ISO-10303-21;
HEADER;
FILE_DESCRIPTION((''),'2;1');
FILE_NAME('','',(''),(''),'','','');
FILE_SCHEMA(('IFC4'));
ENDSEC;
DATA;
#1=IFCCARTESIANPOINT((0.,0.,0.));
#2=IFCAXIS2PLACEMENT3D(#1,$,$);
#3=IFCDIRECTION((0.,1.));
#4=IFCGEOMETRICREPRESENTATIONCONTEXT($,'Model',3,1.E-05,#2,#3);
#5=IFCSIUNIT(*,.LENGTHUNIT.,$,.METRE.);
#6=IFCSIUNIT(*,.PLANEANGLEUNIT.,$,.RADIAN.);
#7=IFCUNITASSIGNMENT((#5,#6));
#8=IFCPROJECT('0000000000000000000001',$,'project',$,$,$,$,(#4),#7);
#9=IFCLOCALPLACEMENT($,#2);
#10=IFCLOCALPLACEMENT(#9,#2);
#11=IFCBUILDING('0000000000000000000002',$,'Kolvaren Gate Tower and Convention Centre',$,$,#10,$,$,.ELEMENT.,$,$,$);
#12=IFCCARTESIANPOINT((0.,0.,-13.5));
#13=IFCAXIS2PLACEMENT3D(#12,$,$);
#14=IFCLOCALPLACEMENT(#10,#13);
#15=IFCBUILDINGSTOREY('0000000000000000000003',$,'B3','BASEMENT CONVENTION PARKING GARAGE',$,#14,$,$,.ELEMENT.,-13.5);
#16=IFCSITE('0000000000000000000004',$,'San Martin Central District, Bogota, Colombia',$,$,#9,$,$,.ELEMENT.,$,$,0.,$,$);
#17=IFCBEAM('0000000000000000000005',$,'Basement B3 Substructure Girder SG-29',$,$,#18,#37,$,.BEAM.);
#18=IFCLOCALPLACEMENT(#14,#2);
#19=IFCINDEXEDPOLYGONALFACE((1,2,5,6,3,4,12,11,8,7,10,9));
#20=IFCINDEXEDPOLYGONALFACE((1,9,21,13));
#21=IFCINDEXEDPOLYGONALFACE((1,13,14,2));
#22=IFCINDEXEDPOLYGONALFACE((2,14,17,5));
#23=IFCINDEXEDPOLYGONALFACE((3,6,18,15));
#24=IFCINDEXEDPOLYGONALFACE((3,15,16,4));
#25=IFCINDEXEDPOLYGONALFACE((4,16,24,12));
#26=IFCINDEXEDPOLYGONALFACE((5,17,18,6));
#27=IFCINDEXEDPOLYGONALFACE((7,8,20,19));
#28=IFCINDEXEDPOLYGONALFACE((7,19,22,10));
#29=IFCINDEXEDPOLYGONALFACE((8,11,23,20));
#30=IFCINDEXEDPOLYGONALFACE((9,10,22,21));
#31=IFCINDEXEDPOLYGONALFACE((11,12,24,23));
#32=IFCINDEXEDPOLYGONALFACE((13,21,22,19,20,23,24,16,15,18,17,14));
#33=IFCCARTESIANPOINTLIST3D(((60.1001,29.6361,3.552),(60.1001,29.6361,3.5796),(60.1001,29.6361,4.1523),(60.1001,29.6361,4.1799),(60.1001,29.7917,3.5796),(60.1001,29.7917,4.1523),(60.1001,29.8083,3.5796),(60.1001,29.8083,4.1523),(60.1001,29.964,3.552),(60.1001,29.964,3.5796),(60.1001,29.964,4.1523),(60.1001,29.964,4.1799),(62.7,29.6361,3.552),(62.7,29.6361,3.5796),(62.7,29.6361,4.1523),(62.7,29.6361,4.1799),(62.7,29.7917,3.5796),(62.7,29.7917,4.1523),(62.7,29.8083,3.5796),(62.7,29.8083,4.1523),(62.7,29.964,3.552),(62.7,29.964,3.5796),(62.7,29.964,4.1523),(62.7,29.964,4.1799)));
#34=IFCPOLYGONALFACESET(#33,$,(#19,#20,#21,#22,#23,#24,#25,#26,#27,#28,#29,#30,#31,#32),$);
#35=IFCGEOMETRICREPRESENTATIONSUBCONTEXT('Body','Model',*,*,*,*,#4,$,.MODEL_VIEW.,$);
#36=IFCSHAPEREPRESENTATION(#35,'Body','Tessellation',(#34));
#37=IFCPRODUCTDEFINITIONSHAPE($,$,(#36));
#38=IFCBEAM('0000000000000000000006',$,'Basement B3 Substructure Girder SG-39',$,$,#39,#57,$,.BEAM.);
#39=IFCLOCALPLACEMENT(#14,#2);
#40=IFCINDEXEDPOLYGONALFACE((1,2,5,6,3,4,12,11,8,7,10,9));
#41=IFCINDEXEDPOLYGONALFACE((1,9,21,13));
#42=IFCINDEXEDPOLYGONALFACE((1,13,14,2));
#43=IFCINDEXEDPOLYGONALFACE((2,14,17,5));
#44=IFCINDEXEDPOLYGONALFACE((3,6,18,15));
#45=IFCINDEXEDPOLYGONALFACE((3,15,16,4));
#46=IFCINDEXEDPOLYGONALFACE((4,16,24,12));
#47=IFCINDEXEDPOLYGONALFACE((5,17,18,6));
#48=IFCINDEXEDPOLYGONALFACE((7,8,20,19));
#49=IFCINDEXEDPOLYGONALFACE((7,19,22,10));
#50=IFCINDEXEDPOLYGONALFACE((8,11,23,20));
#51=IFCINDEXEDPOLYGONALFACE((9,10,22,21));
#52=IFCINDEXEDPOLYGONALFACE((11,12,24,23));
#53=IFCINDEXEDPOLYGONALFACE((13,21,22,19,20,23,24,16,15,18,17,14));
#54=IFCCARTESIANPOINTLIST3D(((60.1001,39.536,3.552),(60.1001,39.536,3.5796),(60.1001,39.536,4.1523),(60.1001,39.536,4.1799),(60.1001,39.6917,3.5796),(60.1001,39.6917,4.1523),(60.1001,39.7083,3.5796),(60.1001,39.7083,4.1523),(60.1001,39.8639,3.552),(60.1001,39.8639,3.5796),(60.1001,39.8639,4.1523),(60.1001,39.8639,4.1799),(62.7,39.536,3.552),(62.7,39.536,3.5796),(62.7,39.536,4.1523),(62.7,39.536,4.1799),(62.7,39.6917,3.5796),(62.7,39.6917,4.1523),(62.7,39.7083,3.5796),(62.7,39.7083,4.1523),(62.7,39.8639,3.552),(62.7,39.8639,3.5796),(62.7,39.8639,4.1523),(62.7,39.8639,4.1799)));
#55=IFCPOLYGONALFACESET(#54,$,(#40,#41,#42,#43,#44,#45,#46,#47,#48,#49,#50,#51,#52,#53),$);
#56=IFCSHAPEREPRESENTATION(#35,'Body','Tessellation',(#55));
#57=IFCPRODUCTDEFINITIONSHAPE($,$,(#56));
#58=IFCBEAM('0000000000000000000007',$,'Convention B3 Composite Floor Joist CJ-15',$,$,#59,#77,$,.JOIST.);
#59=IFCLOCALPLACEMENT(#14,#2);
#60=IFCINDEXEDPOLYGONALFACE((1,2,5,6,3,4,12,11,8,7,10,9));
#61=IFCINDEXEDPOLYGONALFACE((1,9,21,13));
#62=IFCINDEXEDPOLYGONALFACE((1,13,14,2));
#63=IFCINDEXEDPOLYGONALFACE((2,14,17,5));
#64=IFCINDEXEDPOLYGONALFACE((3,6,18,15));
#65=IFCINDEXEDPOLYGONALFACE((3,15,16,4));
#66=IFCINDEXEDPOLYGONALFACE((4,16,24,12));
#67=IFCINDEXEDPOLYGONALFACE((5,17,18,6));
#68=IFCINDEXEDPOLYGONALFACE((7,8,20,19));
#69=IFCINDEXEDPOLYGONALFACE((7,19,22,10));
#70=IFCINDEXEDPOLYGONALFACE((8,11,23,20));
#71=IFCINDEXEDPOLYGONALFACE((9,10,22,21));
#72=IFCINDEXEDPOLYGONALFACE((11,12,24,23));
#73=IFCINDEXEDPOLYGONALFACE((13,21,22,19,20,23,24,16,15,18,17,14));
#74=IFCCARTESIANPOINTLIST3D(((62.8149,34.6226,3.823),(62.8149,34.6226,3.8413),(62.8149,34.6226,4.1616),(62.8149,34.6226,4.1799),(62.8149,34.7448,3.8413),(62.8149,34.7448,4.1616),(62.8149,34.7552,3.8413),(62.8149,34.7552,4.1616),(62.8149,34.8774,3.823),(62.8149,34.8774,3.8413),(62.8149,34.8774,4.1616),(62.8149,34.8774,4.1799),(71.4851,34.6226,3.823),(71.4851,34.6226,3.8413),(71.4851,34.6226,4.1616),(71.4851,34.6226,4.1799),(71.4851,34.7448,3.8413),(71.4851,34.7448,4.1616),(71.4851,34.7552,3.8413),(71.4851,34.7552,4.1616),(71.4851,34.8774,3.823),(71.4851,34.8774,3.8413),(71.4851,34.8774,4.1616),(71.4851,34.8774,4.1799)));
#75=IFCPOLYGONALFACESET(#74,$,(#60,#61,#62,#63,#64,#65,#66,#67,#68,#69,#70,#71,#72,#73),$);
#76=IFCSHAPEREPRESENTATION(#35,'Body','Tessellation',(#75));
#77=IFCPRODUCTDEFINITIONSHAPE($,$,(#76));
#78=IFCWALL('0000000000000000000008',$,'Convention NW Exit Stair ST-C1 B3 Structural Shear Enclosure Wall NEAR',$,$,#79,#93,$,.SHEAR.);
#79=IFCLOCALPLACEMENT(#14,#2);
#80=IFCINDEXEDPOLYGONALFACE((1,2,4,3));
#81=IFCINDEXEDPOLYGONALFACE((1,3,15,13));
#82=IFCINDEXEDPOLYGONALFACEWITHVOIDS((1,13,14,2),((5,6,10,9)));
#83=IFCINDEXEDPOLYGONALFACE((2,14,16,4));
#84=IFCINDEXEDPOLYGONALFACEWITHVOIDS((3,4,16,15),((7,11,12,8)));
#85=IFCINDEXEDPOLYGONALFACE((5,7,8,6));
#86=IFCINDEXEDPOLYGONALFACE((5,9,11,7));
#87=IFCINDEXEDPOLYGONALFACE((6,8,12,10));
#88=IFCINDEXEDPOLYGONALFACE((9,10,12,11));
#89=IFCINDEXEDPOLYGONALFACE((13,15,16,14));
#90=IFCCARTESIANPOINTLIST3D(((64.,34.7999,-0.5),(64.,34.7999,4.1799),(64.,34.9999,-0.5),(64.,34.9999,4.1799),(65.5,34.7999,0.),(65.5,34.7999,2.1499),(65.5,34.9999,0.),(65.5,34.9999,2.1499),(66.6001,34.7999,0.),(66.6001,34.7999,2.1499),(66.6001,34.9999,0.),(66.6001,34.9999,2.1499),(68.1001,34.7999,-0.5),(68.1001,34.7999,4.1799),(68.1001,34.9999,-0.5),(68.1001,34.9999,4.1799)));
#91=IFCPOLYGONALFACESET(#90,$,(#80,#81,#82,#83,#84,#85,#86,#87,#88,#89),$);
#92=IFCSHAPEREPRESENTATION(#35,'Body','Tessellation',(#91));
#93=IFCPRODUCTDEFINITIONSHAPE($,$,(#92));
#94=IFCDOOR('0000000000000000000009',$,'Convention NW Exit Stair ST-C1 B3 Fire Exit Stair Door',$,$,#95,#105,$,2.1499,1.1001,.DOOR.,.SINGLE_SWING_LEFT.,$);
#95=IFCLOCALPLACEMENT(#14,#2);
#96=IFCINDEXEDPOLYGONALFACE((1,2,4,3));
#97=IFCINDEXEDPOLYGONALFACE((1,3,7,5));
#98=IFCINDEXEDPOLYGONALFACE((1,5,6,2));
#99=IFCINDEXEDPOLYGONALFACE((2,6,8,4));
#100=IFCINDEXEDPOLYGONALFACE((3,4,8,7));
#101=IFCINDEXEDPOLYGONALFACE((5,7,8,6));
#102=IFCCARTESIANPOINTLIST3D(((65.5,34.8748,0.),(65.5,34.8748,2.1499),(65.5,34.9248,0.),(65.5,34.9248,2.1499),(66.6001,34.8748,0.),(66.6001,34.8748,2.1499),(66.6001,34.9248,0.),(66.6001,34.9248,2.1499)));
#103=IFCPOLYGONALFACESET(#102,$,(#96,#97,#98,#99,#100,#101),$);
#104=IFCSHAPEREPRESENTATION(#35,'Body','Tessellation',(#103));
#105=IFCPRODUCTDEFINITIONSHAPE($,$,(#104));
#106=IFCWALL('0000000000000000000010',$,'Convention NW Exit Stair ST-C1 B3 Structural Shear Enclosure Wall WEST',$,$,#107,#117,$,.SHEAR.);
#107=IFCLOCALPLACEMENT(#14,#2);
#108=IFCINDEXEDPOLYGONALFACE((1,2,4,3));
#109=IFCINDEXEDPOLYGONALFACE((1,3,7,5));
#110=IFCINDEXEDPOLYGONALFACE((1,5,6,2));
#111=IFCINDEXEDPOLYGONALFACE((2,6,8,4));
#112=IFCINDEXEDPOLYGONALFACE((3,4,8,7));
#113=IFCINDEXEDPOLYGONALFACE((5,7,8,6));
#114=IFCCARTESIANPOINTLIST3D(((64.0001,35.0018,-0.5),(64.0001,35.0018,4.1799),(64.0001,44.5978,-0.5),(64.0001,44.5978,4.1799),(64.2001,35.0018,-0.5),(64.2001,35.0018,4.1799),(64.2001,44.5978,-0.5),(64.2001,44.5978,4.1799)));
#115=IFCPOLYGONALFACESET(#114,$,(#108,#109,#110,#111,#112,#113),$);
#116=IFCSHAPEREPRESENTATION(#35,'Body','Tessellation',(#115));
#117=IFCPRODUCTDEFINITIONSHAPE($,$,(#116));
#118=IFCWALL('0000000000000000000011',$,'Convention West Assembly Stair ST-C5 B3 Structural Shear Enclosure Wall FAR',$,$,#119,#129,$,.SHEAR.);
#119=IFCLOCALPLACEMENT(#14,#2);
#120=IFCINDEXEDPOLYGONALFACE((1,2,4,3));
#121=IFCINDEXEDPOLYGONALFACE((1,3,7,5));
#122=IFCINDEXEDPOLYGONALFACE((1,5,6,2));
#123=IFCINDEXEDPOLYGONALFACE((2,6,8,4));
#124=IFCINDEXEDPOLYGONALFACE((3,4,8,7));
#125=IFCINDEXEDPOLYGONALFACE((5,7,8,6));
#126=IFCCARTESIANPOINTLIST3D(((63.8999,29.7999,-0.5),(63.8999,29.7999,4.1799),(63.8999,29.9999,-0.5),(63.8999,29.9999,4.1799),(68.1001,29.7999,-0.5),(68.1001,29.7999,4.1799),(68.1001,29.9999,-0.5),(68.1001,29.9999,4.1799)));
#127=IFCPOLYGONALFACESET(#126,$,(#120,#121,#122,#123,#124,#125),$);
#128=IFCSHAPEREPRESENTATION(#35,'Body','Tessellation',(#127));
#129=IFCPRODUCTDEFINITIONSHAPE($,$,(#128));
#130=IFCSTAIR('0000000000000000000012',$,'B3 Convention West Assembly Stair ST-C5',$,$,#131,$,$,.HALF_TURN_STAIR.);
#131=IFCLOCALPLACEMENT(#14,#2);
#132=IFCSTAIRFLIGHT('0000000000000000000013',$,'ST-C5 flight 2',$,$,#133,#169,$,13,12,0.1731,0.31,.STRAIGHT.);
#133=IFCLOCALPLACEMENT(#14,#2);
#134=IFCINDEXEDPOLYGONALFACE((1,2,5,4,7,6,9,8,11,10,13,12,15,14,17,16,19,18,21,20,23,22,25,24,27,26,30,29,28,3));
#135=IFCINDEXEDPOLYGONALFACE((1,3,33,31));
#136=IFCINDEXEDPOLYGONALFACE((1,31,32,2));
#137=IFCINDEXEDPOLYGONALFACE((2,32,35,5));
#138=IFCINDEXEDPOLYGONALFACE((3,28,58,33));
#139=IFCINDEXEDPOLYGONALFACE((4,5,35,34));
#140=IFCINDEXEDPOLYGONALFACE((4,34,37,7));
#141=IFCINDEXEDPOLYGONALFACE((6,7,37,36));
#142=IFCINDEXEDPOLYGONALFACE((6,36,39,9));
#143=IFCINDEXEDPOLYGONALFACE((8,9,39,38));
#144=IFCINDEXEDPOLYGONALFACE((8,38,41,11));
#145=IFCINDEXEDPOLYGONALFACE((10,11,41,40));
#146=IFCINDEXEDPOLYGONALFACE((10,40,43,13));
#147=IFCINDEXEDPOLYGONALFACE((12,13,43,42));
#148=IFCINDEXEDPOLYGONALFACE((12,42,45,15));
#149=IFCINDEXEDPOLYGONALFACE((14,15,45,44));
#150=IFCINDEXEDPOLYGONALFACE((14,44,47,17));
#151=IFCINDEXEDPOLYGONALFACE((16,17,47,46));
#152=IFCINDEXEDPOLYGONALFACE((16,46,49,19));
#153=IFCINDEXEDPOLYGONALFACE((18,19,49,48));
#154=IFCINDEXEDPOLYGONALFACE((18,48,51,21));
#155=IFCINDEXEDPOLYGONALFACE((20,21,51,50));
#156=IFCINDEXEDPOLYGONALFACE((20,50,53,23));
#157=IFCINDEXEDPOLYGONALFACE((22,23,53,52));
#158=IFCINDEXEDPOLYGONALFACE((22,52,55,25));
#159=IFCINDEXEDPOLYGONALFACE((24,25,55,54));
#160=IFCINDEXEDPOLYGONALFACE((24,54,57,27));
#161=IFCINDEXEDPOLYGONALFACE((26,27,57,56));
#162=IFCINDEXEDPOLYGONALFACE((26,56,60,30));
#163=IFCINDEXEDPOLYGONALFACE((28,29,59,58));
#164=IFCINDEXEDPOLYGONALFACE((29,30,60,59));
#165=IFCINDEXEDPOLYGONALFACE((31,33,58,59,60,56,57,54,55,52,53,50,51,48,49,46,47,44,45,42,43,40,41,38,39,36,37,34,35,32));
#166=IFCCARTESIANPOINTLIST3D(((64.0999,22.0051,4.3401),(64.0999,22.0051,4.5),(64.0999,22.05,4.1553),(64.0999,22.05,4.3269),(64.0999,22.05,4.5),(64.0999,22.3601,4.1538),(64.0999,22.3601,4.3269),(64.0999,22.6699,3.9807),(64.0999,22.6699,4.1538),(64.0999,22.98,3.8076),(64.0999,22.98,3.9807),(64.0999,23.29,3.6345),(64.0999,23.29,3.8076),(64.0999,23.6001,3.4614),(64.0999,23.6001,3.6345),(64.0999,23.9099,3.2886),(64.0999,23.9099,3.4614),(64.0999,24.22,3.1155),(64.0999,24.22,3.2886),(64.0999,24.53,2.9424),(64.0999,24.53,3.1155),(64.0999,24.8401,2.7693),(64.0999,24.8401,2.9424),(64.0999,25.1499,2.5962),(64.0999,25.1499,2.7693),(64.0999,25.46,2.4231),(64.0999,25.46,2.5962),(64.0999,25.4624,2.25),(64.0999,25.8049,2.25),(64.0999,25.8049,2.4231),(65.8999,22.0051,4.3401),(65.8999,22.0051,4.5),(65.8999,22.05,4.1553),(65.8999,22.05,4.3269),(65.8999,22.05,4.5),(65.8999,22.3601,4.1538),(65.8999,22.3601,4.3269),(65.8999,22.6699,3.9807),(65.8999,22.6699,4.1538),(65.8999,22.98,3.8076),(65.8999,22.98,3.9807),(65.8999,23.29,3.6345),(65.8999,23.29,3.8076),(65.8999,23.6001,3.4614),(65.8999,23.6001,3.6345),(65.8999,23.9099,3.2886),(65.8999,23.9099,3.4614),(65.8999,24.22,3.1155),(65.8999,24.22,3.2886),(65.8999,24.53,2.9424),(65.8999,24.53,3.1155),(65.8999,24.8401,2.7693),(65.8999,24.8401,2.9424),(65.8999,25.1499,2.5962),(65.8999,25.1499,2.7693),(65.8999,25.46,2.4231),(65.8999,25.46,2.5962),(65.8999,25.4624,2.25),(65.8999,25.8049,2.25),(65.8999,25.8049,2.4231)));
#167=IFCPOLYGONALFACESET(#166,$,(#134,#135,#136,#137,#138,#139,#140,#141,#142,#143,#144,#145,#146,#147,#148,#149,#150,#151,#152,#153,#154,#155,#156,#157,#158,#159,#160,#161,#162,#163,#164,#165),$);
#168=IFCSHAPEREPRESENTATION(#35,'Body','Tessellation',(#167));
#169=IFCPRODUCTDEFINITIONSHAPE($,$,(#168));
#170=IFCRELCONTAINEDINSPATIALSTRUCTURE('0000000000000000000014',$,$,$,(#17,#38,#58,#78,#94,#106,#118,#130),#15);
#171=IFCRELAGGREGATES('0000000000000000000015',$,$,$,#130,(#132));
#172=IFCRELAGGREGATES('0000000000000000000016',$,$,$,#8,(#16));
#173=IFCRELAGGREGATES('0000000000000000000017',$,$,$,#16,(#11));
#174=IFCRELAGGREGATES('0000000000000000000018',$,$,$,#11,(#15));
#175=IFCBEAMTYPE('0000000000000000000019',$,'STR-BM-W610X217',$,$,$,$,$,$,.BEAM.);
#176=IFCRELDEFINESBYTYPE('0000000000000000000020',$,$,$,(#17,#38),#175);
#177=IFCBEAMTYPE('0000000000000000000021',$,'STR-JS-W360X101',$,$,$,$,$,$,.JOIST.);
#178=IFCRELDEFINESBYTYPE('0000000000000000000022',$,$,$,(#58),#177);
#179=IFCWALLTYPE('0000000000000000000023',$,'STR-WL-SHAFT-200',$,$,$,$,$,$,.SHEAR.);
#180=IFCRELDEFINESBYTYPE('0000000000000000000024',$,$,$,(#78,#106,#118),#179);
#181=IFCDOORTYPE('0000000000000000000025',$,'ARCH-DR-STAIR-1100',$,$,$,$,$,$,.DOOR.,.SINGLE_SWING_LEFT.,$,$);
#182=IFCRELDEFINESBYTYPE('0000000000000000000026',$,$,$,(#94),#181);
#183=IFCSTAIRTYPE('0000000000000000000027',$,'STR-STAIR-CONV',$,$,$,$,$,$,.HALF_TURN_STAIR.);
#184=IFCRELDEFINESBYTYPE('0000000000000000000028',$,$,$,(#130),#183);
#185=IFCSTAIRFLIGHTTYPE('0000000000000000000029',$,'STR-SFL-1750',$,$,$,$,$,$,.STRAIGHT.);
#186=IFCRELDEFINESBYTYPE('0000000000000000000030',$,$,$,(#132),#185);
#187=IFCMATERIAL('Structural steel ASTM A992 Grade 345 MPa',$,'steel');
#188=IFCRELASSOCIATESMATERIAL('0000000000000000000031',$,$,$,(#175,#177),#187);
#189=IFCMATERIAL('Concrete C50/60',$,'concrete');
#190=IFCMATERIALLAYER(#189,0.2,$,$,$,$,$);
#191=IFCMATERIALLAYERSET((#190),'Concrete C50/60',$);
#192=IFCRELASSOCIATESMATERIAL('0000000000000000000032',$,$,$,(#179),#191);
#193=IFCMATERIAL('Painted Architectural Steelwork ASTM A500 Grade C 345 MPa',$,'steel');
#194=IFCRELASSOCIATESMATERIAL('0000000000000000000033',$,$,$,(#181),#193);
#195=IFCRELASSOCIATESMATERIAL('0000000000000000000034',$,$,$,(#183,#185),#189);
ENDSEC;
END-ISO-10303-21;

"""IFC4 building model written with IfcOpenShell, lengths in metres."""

from ifc_helpers import new_model, si_unit, direction, frame, frame_2d, origin, origin_2d, place, context, subcontext, project, spatial, polyline, rectangle, i_section, outline, extrude, material, layer, layer_set, material_profile, profile_set, type_object, element, fill, aggregate, save


model = new_model("IFC4")

# Units and contexts
model_context = context("Model", 3, precision=1e-05, world=origin(), true_north=direction((0.0, 1.0)))
body_context = subcontext(model_context, "Body", "Model", "MODEL_VIEW")
ifc_project = project(units=[si_unit("LENGTHUNIT", "METRE"), si_unit("PLANEANGLEUNIT", "RADIAN")], contexts=[model_context])

# Site, building, storey
site_placement = place(None, origin())
site = spatial("IfcSite", under=ifc_project, at=site_placement, Name="San Martin Central District, Bogota, Colombia", CompositionType="ELEMENT", RefElevation=0.0)
building_placement = place(site_placement, origin())
building = spatial("IfcBuilding", under=site, at=building_placement, Name="Kolvaren Gate Tower and Convention Centre", CompositionType="ELEMENT")
storey_placement = place(building_placement, frame((0.0, 0.0, -13.5)))
storey = spatial("IfcBuildingStorey", under=building, at=storey_placement, Name="B3", Description="BASEMENT CONVENTION PARKING GARAGE", CompositionType="ELEMENT", Elevation=-13.5)

# Shared definitions
ifc_material_1 = material(Name="Concrete C50/60", Category="concrete")

# Beams
ifc_material_2 = material(Name="Structural steel ASTM A992 Grade 345 MPa", Category="steel")
ifc_material_profile_1 = material_profile(ifc_material_2, i_section(OverallWidth=0.3279, OverallDepth=0.6279, WebThickness=0.0166, FlangeThickness=0.0276, at=origin_2d()), Name="W610X217")
ifc_profile_set_1 = profile_set([ifc_material_profile_1], Name="Structural steel ASTM A992 Grade 345 MPa")
beam_type_1 = type_object("IfcBeamType", Name="STR-BM-W610X217", PredefinedType="BEAM", material=ifc_profile_set_1)
for number, where, z_axis, x_axis, name in (
    (1, (60.1001, 29.8, 3.866), (1.0, 0.0, 0.0), (0.0, 1.0, 0.0), "Basement B3 Substructure Girder SG-29"),
    (2, (60.1001, 39.7, 3.866), (1.0, 0.0, 0.0), (0.0, 1.0, 0.0), "Basement B3 Substructure Girder SG-39"),
):
    element("IfcBeam", number, at=place(storey_placement, frame(where, z_axis=z_axis, x_axis=x_axis)), inside=storey, type_object=beam_type_1, Name=name, PredefinedType="BEAM", context=body_context, shape_type="SweptSolid", body=[
        extrude(i_section(OverallWidth=0.3279, OverallDepth=0.6279, WebThickness=0.0166, FlangeThickness=0.0276, at=origin_2d()), origin(), (0.0, 0.0, 1.0), 2.5999),
    ])
ifc_material_profile_2 = material_profile(ifc_material_2, i_section(OverallWidth=0.2549, OverallDepth=0.3569, WebThickness=0.0105, FlangeThickness=0.0183, at=origin_2d()), Name="W360X101")
ifc_profile_set_2 = profile_set([ifc_material_profile_2], Name="Structural steel ASTM A992 Grade 345 MPa")
beam_type_2 = type_object("IfcBeamType", Name="STR-JS-W360X101", PredefinedType="JOIST", material=ifc_profile_set_2)
beam_1_placement = place(storey_placement, frame((62.8149, 34.75, 4.0015), z_axis=(1.0, 0.0, 0.0), x_axis=(0.0, 1.0, 0.0)))
element("IfcBeam", 3, at=beam_1_placement, inside=storey, type_object=beam_type_2, Name="Convention B3 Composite Floor Joist CJ-15", PredefinedType="JOIST", context=body_context, shape_type="SweptSolid", body=[
    extrude(i_section(OverallWidth=0.2549, OverallDepth=0.3569, WebThickness=0.0105, FlangeThickness=0.0183, at=origin_2d()), origin(), (0.0, 0.0, 1.0), 8.6702),
])

# Wall, opening, door
ifc_layer = layer(ifc_material_1, 0.2)
ifc_layer_set = layer_set([ifc_layer], Name="Concrete C50/60")
wall_type = type_object("IfcWallType", Name="STR-WL-SHAFT-200", PredefinedType="SHEAR", material=ifc_layer_set)
wall_1_placement = place(storey_placement, frame((64.0, 34.8999, -0.5), z_axis=(0.0, 0.0, 1.0), x_axis=(1.0, 0.0, 0.0)))
wall_1 = element("IfcWall", 4, at=wall_1_placement, inside=storey, type_object=wall_type, Name="Convention NW Exit Stair ST-C1 B3 Structural Shear Enclosure Wall NEAR", PredefinedType="SHEAR", context=body_context, shape_type="SweptSolid", body=[
    extrude(rectangle(XDim=4.1001, YDim=0.2, at=frame_2d((2.05, 0.0))), origin(), (0.0, 0.0, 1.0), 4.6799),
])
opening_placement = place(wall_1_placement, frame((1.5, 0.0, 0.5)))
opening = element("IfcOpeningElement", 5, at=opening_placement, cuts=wall_1, PredefinedType="OPENING", context=body_context, shape_type="SweptSolid", body=[
    extrude(rectangle(XDim=1.1001, YDim=2.1499, at=frame_2d((0.55, 1.075))), frame((0.0, 0.1099, 0.0), z_axis=(0.0, -1.0, 0.0), x_axis=(1.0, 0.0, 0.0)), (0.0, 0.0, 1.0), 0.22),
])
ifc_material_3 = material(Name="Painted Architectural Steelwork ASTM A500 Grade C 345 MPa", Category="steel")
door_type = type_object("IfcDoorType", Name="ARCH-DR-STAIR-1100", OperationType="SINGLE_SWING_LEFT", PredefinedType="DOOR", material=ifc_material_3)
door_placement = place(opening_placement, origin())
door = element("IfcDoor", 6, at=door_placement, inside=storey, type_object=door_type, Name="Convention NW Exit Stair ST-C1 B3 Fire Exit Stair Door", OperationType="SINGLE_SWING_LEFT", OverallHeight=2.1499, OverallWidth=1.1001, PredefinedType="DOOR", context=body_context, shape_type="SweptSolid", body=[
    extrude(rectangle(XDim=1.1001, YDim=2.1499, at=frame_2d((0.55, 1.075))), frame((0.0, 0.0249, 0.0), z_axis=(0.0, -1.0, 0.0), x_axis=(1.0, 0.0, 0.0)), (0.0, 0.0, 1.0), 0.05),
])
fill(opening, door)

# Walls
wall_2_placement = place(storey_placement, frame((64.1001, 35.002, -0.5), z_axis=(0.0, 0.0, 1.0), x_axis=(0.0, 1.0, 0.0)))
element("IfcWall", 7, at=wall_2_placement, inside=storey, type_object=wall_type, Name="Convention NW Exit Stair ST-C1 B3 Structural Shear Enclosure Wall WEST", PredefinedType="SHEAR", context=body_context, shape_type="SweptSolid", body=[
    extrude(rectangle(XDim=9.5959, YDim=0.2, at=frame_2d((4.7979, 0.0))), origin(), (0.0, 0.0, 1.0), 4.6799),
])
wall_3_placement = place(storey_placement, frame((63.8999, 29.8999, -0.5), z_axis=(0.0, 0.0, 1.0), x_axis=(1.0, 0.0, 0.0)))
element("IfcWall", 8, at=wall_3_placement, inside=storey, type_object=wall_type, Name="Convention West Assembly Stair ST-C5 B3 Structural Shear Enclosure Wall FAR", PredefinedType="SHEAR", context=body_context, shape_type="SweptSolid", body=[
    extrude(rectangle(XDim=4.2002, YDim=0.2, at=frame_2d((2.1001, 0.0))), origin(), (0.0, 0.0, 1.0), 4.6799),
])

# Stair, stair flight
stair_type = type_object("IfcStairType", Name="STR-STAIR-CONV", PredefinedType="HALF_TURN_STAIR", material=ifc_material_1)
stair_placement = place(storey_placement, origin())
stair = element("IfcStair", 9, at=stair_placement, inside=storey, type_object=stair_type, Name="B3 Convention West Assembly Stair ST-C5", PredefinedType="HALF_TURN_STAIR")
stair_flight_type = type_object("IfcStairFlightType", Name="STR-SFL-1750", PredefinedType="STRAIGHT", material=ifc_material_1)
stair_flight_placement = place(storey_placement, frame((65.0, 25.77, 2.25), z_axis=(0.0, 0.0, 1.0), x_axis=(0.0, -1.0, 0.0)))
stair_flight = element("IfcStairFlight", 10, at=stair_flight_placement, type_object=stair_flight_type, Name="ST-C5 flight 2", NumberOfRisers=13, NumberOfTreads=12, PredefinedType="STRAIGHT", RiserHeight=0.1731, TreadLength=0.31, context=body_context, shape_type="SweptSolid", body=[
    extrude(outline(polyline([(-0.0349, 0.0), (-0.0349, 0.1731), (0.3101, 0.1731), (0.3101, 0.3462), (0.6201, 0.3462), (0.6201, 0.5193), (0.9299, 0.5193), (0.9299, 0.6924), (1.24, 0.6924), (1.24, 0.8655), (1.55, 0.8655), (1.55, 1.0386), (1.8601, 1.0386), (1.8601, 1.2114), (2.1699, 1.2114), (2.1699, 1.3845), (2.48, 1.3845), (2.48, 1.5576), (2.79, 1.5576), (2.79, 1.7307), (3.1001, 1.7307), (3.1001, 1.9038), (3.4099, 1.9038), (3.4099, 2.0769), (3.72, 2.0769), (3.72, 2.25), (3.7649, 2.25), (3.7649, 2.0901), (3.72, 1.9053), (0.3076, 0.0), (-0.0349, 0.0)])), frame((0.0, 0.8999, 0.0), z_axis=(0.0, -1.0, 0.0), x_axis=(1.0, 0.0, 0.0)), (0.0, 0.0, 1.0), 1.8),
])
aggregate(stair, [stair_flight])

save(model, "model.ifc")
